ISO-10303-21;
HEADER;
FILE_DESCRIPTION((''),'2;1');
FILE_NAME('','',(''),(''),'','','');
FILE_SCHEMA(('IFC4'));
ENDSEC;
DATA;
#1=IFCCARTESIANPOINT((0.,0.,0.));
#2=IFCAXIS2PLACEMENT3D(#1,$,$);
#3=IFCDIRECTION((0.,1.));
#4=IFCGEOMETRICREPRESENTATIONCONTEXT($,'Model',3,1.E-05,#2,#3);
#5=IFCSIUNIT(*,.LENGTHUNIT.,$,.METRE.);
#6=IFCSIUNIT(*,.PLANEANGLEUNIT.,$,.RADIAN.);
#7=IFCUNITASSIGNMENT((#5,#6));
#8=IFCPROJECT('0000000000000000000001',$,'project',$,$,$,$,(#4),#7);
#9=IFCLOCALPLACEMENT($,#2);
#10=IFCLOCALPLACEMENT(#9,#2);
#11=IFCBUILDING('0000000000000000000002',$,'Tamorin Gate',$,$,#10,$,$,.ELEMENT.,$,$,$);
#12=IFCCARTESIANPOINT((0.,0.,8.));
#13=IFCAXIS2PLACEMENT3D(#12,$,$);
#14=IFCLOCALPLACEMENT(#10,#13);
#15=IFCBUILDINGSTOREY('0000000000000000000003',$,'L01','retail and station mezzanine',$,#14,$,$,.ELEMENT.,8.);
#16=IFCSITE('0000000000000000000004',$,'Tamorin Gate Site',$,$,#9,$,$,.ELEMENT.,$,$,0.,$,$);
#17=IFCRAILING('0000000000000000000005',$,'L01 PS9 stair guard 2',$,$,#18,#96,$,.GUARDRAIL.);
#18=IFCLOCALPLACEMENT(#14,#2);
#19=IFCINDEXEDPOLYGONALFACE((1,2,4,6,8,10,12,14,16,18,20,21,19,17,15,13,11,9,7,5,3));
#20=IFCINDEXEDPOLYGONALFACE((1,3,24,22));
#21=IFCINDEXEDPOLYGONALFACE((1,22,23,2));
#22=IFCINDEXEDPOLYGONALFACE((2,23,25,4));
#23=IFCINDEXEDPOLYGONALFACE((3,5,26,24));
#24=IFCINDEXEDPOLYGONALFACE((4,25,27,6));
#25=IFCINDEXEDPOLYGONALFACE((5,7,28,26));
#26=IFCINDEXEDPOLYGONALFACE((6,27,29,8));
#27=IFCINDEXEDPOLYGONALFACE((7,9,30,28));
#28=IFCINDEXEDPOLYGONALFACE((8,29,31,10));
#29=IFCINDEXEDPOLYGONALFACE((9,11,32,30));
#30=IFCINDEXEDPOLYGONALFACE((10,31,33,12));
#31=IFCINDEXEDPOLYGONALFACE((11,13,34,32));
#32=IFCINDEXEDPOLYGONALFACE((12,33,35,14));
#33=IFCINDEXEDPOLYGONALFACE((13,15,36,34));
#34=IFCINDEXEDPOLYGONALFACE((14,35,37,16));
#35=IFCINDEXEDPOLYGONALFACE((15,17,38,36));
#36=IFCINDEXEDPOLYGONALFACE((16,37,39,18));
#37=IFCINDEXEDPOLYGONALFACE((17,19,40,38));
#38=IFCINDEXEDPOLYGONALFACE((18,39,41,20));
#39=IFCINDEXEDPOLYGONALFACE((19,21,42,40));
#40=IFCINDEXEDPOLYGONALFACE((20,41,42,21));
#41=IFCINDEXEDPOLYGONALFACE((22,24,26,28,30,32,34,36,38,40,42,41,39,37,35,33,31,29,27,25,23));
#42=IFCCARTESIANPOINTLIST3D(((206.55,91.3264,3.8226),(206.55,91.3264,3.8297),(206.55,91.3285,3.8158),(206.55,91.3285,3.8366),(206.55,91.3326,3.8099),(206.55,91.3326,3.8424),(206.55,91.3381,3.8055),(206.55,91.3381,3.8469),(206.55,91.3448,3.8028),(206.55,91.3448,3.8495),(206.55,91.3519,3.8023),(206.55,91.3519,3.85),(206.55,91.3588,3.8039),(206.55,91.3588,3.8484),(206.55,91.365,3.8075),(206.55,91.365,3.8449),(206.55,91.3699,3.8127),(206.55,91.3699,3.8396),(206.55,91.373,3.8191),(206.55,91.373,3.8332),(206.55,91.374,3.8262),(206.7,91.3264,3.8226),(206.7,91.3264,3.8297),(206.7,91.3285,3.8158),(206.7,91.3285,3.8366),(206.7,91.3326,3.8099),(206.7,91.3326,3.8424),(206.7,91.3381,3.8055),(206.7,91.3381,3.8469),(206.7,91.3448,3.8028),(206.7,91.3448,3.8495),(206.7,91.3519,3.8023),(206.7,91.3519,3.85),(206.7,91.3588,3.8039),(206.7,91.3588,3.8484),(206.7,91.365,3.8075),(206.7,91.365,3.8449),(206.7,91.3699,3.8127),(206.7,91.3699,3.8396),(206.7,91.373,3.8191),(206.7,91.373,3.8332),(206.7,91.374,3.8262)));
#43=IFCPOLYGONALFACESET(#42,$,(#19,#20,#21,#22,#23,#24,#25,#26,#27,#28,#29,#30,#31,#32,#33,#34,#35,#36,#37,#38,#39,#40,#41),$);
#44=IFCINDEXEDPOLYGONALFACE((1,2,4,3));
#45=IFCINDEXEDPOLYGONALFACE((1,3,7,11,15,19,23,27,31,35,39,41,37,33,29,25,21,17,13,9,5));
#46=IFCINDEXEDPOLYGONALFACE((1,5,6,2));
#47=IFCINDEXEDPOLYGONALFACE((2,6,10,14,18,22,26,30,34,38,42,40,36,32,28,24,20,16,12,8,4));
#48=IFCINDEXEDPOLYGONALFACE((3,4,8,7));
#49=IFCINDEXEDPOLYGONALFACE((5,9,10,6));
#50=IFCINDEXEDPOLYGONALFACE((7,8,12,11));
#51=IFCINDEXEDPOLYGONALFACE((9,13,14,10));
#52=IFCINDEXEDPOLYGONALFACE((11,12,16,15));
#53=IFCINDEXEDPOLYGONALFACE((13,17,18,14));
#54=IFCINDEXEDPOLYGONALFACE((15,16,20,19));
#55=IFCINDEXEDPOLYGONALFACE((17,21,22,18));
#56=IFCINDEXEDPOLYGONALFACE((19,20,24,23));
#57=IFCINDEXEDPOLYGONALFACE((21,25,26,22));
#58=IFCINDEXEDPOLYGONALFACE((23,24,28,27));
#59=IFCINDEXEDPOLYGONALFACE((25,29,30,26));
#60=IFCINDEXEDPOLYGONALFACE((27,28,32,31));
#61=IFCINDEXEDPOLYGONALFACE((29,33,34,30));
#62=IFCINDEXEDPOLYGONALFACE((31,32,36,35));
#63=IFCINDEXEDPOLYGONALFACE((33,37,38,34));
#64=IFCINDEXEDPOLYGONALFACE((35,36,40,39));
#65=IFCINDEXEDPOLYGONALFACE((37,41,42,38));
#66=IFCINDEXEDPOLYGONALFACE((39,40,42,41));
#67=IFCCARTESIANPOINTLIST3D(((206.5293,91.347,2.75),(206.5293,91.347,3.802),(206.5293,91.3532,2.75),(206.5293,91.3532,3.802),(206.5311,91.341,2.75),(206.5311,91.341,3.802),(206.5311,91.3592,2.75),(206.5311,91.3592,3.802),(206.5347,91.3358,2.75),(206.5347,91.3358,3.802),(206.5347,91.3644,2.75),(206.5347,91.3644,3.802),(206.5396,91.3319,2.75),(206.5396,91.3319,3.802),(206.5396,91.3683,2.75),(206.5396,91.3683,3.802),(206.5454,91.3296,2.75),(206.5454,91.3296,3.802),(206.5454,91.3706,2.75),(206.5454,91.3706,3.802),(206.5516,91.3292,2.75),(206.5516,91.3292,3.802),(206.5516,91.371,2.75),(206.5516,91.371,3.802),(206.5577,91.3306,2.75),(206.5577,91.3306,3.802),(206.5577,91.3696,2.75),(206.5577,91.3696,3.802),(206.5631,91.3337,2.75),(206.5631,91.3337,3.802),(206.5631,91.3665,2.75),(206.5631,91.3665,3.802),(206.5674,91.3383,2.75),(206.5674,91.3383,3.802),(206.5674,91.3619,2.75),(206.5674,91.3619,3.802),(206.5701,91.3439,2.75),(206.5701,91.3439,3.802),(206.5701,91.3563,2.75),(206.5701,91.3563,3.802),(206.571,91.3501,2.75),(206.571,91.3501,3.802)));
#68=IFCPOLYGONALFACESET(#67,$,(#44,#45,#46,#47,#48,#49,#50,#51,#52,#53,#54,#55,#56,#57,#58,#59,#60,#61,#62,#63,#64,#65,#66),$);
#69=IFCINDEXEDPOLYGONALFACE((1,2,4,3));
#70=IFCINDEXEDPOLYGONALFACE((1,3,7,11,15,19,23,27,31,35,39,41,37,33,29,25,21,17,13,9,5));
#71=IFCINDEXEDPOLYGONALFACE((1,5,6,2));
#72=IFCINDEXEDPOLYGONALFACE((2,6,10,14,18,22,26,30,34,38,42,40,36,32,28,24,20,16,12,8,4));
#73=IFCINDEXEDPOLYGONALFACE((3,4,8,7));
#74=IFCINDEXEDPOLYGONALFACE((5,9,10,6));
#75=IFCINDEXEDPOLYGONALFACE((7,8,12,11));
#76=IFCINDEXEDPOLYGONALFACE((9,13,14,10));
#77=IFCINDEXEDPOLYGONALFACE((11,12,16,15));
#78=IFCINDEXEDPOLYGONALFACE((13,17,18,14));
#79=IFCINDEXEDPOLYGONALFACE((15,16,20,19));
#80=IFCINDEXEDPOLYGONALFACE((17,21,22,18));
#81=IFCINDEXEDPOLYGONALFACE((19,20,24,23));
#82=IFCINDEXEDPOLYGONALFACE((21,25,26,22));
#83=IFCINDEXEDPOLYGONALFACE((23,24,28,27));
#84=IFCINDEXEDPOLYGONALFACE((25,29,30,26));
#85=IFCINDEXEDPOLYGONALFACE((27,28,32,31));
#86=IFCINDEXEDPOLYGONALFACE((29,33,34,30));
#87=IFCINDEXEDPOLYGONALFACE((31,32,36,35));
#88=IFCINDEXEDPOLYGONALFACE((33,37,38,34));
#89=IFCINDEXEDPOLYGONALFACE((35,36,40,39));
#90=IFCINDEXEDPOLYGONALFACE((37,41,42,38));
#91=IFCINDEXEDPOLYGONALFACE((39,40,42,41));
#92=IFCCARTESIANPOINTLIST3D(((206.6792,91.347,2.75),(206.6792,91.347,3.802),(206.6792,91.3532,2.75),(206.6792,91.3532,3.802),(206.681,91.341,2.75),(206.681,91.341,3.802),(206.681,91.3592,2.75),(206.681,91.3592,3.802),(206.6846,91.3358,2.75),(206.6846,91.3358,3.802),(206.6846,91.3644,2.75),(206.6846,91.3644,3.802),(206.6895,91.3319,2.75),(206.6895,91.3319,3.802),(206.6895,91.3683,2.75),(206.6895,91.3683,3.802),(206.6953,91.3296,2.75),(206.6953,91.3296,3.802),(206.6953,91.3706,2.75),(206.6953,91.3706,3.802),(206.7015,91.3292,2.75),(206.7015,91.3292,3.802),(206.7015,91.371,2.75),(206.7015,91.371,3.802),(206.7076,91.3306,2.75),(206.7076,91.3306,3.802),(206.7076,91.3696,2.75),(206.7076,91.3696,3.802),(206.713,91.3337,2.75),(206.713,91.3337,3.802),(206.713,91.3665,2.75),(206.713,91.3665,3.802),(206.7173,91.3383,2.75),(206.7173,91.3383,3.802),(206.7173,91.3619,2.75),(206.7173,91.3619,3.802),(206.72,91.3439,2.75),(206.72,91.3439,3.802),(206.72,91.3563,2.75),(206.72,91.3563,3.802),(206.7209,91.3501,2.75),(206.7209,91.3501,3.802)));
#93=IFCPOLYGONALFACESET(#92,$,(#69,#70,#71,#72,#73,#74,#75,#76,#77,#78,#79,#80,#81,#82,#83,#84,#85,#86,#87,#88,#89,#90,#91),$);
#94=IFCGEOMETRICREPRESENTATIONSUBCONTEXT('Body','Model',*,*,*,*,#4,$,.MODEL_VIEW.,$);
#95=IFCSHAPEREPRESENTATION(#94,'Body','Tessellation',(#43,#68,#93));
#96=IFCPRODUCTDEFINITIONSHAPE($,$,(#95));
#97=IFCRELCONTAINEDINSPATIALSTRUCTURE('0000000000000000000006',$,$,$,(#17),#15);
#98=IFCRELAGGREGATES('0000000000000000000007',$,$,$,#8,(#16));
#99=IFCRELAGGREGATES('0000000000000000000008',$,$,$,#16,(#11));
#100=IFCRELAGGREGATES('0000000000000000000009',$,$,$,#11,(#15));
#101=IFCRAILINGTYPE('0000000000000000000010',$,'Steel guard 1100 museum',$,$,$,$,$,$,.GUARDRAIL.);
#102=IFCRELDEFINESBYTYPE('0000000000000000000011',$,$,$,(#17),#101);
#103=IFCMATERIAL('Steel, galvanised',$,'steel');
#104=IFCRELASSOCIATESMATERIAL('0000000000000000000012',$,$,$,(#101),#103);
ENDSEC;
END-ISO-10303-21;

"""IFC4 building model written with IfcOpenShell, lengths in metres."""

from ifc_helpers import new_model, si_unit, direction, frame, origin, origin_2d, place, context, subcontext, project, spatial, circle, extrude, material, type_object, element, save


model = new_model("IFC4")

# Units and contexts
model_context = context("Model", 3, precision=1e-05, world=origin(), true_north=direction((0.0, 1.0)))
body_context = subcontext(model_context, "Body", "Model", "MODEL_VIEW")
ifc_project = project(units=[si_unit("LENGTHUNIT", "METRE"), si_unit("PLANEANGLEUNIT", "RADIAN")], contexts=[model_context])

# Site, building, storey
site_placement = place(None, origin())
site = spatial("IfcSite", under=ifc_project, at=site_placement, Name="Tamorin Gate Site", CompositionType="ELEMENT", RefElevation=0.0)
building_placement = place(site_placement, origin())
building = spatial("IfcBuilding", under=site, at=building_placement, Name="Tamorin Gate", CompositionType="ELEMENT")
storey_placement = place(building_placement, frame((0.0, 0.0, 8.0)))
storey = spatial("IfcBuildingStorey", under=building, at=storey_placement, Name="L01", Description="retail and station mezzanine", CompositionType="ELEMENT", Elevation=8.0)

# Railing
ifc_material_1 = material(Name="Steel, galvanised", Category="steel")
railing_type_1 = type_object("IfcRailingType", Name="Steel guard 1100 museum", PredefinedType="GUARDRAIL", material=ifc_material_1)
railing_1_placement = place(storey_placement, frame((206.55, 91.3501, 2.75)))
element("IfcRailing", 1, at=railing_1_placement, inside=storey, type_object=railing_type_1, Name="L01 PS9 stair guard 2", PredefinedType="GUARDRAIL", context=body_context, shape_type="SweptSolid", body=[
    extrude(circle(Radius=0.0239, at=origin_2d()), frame((0.0, 0.0, 1.0762), z_axis=(1.0, 0.0, 0.0), x_axis=(0.0, 1.0, 0.0)), (0.0, 0.0, 1.0), 0.1499),
    extrude(circle(Radius=0.021, at=origin_2d()), origin(), (0.0, 0.0, 1.0), 1.052),
    extrude(circle(Radius=0.021, at=origin_2d()), frame((0.1499, 0.0, 0.0)), (0.0, 0.0, 1.0), 1.052),
])

save(model, "model.ifc")
